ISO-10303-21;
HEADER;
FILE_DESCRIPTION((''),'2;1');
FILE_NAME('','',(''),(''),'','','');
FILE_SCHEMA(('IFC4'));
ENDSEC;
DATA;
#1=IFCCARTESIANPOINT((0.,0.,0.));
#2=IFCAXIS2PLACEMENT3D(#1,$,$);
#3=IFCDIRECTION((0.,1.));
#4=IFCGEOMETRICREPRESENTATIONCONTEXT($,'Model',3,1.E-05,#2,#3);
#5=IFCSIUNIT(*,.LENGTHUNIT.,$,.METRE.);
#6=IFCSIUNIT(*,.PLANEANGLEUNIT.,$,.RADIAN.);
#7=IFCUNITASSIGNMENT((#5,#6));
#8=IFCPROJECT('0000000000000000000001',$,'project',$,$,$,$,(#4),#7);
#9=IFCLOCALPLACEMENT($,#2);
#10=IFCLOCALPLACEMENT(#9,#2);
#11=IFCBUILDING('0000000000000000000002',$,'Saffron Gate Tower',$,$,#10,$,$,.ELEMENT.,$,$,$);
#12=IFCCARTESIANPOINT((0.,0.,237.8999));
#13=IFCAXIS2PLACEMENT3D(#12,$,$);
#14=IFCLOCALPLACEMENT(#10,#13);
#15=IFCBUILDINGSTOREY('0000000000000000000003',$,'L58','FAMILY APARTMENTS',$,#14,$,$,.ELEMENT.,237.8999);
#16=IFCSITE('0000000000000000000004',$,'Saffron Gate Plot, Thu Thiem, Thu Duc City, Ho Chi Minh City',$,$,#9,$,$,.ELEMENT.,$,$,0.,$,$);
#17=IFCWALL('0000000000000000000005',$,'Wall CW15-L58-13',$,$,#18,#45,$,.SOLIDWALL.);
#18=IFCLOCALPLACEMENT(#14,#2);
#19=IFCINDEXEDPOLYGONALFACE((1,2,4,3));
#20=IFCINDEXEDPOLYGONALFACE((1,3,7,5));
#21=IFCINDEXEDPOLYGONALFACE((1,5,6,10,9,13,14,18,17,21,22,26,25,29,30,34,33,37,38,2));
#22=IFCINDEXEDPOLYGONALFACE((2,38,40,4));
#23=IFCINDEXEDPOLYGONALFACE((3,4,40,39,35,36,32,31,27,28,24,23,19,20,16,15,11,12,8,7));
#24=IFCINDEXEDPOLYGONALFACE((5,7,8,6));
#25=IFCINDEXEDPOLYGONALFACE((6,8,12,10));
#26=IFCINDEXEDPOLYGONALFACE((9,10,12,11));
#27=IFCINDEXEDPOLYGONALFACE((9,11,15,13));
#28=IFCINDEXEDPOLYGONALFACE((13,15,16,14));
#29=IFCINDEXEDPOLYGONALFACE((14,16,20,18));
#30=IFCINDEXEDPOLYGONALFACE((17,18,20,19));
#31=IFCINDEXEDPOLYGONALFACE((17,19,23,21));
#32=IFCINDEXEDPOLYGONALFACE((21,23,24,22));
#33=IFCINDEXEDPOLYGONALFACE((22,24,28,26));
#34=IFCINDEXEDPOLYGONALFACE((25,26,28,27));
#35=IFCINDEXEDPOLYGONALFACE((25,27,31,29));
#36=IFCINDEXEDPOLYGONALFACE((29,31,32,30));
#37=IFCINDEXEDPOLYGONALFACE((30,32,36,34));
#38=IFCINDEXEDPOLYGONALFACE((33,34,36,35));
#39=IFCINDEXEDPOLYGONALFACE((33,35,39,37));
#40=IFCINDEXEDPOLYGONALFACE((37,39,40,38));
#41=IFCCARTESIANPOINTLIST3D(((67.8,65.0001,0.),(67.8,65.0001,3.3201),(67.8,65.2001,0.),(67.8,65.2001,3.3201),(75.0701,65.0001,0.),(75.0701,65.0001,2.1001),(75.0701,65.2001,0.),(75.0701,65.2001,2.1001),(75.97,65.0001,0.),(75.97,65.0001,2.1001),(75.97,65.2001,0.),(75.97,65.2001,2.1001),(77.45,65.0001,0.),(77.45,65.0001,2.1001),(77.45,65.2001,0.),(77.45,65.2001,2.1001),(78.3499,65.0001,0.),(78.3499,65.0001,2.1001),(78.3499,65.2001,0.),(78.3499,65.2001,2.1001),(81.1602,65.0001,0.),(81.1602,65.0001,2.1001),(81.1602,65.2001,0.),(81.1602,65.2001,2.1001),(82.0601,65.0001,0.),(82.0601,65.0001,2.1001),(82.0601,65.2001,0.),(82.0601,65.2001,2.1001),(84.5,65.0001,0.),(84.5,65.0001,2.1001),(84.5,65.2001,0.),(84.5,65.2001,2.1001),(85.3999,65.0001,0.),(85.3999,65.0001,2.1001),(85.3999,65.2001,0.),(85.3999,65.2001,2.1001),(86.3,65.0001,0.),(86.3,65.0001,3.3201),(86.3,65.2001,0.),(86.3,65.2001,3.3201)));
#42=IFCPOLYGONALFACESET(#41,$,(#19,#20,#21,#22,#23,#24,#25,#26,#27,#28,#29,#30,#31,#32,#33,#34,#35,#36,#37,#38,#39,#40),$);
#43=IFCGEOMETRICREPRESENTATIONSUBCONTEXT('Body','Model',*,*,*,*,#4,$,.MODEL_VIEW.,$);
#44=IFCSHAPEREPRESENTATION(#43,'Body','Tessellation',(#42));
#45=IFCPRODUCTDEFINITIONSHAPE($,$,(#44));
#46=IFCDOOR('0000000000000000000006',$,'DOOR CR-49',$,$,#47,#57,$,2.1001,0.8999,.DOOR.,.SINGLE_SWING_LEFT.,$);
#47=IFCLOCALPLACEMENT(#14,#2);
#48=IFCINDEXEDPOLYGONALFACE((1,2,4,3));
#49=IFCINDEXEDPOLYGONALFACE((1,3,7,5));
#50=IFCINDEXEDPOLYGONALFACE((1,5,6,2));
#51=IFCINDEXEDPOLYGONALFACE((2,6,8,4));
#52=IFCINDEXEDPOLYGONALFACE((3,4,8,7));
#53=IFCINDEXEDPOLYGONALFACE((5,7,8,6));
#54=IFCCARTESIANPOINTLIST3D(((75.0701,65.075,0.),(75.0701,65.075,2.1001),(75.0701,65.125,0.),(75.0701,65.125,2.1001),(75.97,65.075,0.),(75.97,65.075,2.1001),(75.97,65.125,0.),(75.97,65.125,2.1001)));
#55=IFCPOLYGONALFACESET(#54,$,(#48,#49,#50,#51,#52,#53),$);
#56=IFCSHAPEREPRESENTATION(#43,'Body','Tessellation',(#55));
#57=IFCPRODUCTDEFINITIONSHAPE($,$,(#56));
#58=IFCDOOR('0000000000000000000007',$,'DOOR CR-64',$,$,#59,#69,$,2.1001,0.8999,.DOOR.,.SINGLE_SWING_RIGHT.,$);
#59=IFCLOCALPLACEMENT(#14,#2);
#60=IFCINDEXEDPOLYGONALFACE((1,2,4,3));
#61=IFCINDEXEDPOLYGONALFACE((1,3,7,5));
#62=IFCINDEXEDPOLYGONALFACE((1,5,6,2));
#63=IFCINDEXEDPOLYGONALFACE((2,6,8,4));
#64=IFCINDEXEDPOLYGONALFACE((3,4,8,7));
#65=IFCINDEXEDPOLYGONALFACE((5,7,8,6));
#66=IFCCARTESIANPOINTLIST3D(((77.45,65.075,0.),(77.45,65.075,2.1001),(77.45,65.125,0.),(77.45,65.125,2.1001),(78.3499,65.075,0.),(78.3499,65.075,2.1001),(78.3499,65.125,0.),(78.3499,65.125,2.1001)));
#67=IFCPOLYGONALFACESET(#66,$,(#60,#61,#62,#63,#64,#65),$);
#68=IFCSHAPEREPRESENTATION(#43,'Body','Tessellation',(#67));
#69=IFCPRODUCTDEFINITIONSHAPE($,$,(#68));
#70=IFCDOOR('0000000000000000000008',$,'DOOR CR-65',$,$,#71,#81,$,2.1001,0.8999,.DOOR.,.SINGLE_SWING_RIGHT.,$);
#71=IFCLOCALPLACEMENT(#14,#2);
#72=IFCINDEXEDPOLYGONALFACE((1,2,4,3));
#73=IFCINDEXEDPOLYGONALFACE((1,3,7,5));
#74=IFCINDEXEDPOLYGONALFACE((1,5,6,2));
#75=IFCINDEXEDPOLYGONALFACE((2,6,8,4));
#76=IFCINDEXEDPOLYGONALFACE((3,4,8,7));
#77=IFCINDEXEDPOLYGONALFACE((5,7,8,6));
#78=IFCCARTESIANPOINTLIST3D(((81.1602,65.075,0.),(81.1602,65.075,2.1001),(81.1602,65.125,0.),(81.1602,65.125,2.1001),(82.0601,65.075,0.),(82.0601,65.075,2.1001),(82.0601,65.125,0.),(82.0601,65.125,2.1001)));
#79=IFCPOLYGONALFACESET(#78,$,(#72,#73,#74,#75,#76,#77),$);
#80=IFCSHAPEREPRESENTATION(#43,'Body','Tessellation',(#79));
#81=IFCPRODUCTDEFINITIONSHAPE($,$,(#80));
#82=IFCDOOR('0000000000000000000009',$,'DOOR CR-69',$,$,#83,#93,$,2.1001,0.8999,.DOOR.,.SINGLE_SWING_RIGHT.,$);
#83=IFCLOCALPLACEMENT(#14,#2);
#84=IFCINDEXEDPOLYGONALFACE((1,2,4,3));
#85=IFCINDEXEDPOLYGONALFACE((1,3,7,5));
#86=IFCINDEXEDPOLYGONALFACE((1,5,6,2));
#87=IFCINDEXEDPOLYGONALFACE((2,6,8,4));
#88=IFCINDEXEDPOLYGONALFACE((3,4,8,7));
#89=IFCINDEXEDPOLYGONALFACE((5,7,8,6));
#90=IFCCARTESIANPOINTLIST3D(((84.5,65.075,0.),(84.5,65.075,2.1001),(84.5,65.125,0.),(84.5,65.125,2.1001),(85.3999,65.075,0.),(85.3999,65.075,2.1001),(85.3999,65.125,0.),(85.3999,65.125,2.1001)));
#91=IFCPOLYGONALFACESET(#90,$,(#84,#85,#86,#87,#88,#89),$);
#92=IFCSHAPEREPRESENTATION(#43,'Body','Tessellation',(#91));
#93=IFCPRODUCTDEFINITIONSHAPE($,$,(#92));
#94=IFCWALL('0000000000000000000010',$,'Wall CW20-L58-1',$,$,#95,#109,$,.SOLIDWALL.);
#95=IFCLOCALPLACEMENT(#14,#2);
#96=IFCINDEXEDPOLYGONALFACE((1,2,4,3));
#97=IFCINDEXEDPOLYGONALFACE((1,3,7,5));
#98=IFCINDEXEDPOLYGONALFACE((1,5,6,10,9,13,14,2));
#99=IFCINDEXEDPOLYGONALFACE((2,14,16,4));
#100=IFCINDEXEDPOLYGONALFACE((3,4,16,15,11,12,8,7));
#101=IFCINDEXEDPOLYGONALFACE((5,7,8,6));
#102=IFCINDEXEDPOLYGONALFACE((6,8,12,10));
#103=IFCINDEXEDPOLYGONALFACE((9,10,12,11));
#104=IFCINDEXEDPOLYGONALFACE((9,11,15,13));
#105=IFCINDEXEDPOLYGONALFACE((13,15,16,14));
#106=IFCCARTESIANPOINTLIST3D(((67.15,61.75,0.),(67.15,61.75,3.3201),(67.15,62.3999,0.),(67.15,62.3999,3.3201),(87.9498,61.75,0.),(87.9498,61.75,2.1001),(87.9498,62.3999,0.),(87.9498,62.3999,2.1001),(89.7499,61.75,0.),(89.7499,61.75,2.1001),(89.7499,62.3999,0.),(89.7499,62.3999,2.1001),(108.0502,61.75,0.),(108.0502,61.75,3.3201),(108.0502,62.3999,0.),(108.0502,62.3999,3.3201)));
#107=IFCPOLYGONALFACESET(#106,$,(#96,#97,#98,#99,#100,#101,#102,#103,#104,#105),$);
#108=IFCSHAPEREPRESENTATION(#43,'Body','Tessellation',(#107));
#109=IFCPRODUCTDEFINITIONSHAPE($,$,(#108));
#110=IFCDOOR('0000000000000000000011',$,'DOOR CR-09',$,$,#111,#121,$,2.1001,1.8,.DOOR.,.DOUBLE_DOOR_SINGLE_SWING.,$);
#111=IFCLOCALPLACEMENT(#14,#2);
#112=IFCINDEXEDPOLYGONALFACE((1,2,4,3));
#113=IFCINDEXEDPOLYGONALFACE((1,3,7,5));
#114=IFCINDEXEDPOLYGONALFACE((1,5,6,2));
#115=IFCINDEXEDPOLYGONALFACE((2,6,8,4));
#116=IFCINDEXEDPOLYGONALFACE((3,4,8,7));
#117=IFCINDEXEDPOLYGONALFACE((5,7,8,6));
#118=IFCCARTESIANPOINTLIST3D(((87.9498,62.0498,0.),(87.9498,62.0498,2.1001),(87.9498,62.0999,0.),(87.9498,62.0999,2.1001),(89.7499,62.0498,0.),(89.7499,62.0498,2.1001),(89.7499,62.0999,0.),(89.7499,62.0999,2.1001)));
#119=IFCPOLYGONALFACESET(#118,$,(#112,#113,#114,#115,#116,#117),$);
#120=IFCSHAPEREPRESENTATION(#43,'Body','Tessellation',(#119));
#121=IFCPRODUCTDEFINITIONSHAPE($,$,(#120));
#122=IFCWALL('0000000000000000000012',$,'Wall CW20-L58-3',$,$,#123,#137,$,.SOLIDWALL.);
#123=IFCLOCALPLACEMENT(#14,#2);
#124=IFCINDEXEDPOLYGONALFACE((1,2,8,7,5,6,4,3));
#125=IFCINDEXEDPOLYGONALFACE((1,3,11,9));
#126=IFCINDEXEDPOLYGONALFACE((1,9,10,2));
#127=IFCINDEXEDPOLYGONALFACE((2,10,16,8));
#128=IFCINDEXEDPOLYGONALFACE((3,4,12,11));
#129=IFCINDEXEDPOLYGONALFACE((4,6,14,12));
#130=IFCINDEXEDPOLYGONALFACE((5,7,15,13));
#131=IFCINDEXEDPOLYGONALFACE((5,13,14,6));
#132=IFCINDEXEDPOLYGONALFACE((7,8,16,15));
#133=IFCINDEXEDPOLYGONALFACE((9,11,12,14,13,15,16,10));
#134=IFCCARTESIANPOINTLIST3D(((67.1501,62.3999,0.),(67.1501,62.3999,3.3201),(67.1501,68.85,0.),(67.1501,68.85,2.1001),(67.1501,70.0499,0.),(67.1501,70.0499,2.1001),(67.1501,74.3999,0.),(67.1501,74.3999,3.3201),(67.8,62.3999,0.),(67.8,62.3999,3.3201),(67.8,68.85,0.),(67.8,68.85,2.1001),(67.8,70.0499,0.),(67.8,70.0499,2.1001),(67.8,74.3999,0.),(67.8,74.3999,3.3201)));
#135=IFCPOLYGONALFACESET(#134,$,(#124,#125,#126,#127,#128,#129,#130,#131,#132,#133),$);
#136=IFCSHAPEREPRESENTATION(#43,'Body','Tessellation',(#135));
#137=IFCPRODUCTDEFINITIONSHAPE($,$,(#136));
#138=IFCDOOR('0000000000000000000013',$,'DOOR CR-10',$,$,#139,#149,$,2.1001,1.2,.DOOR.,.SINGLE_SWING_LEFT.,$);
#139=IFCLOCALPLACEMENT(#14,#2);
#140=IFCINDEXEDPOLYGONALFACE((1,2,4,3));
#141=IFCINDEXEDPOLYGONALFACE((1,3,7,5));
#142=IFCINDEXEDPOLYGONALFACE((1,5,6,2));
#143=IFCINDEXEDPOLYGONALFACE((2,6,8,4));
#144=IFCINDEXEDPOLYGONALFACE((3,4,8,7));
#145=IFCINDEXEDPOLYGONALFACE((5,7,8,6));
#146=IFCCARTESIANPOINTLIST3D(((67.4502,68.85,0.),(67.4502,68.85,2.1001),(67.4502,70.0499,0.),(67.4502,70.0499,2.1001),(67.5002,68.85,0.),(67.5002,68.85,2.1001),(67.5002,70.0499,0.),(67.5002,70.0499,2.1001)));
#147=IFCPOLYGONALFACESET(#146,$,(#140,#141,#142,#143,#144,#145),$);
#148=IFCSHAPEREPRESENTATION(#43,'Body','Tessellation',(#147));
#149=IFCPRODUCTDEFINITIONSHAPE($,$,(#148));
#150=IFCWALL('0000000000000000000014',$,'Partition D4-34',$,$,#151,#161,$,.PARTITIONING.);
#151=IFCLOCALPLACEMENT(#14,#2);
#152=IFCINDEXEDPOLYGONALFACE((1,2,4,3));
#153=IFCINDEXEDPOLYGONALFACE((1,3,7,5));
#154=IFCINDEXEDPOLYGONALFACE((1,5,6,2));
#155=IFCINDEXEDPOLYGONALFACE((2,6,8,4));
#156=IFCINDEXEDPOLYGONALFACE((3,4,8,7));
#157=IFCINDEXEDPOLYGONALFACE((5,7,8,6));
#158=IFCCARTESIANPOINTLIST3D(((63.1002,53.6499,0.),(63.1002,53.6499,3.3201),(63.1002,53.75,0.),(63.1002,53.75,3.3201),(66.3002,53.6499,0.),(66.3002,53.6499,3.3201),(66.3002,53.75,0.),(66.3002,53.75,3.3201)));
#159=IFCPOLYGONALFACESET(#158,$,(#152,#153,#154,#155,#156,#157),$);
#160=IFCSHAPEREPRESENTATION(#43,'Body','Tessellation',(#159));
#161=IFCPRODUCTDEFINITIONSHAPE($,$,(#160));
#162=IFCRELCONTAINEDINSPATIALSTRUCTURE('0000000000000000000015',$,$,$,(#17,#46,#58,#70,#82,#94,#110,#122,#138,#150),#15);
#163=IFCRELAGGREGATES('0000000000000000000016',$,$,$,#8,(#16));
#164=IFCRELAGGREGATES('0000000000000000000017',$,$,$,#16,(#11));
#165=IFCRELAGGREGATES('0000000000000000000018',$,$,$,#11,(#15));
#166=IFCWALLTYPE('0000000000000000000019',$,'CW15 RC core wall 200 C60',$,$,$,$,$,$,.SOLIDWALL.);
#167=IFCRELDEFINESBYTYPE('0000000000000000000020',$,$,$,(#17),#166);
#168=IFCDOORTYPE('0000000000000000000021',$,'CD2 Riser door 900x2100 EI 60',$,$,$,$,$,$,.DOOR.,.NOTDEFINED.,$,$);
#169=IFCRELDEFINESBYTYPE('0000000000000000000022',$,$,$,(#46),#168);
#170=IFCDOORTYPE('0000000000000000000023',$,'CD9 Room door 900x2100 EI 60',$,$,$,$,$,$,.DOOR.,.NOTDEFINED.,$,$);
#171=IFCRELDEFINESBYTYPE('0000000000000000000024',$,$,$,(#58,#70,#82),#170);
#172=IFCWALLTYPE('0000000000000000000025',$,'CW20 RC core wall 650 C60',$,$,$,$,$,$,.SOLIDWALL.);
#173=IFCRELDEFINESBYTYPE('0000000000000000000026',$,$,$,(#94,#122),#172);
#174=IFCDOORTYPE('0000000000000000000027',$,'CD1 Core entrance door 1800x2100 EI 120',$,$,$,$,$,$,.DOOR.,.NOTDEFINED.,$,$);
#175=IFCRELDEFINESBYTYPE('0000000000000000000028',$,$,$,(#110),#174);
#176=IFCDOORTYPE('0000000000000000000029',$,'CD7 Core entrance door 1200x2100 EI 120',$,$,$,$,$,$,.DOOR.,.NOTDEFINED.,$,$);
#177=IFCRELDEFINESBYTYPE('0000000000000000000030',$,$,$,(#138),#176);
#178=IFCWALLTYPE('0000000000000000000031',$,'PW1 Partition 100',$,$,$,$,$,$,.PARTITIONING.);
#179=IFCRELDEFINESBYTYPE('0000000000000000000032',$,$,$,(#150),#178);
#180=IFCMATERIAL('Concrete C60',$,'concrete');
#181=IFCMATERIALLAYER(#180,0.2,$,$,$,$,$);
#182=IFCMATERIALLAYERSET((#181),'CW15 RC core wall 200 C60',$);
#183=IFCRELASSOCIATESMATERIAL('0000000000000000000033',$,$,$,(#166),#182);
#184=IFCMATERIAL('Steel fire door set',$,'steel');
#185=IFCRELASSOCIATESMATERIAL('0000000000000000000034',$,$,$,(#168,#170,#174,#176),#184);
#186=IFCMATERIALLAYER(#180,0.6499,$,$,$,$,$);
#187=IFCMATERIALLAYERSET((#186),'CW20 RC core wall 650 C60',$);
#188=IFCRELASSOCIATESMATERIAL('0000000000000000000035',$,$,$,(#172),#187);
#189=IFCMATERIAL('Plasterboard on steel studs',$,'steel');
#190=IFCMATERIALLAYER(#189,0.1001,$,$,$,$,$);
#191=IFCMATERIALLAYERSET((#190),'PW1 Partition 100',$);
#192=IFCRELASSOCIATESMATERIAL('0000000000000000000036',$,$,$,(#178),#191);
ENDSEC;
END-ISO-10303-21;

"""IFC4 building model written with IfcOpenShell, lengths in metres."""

from ifc_helpers import new_model, si_unit, direction, frame, frame_2d, origin, place, context, subcontext, project, spatial, rectangle, extrude, material, layer, layer_set, type_object, element, fill, save


model = new_model("IFC4")

# Units and contexts
model_context = context("Model", 3, precision=1e-05, world=origin(), true_north=direction((0.0, 1.0)))
body_context = subcontext(model_context, "Body", "Model", "MODEL_VIEW")
ifc_project = project(units=[si_unit("LENGTHUNIT", "METRE"), si_unit("PLANEANGLEUNIT", "RADIAN")], contexts=[model_context])

# Site, building, storey
site_placement = place(None, origin())
site = spatial("IfcSite", under=ifc_project, at=site_placement, Name="Saffron Gate Plot, Thu Thiem, Thu Duc City, Ho Chi Minh City", CompositionType="ELEMENT", RefElevation=0.0)
building_placement = place(site_placement, origin())
building = spatial("IfcBuilding", under=site, at=building_placement, Name="Saffron Gate Tower", CompositionType="ELEMENT")
storey_placement = place(building_placement, frame((0.0, 0.0, 237.8999)))
storey = spatial("IfcBuildingStorey", under=building, at=storey_placement, Name="L58", Description="FAMILY APARTMENTS", CompositionType="ELEMENT", Elevation=237.8999)

# Wall, openings, doors
ifc_material_1 = material(Name="Concrete C60", Category="concrete")
ifc_layer_1 = layer(ifc_material_1, 0.2)
ifc_layer_set_1 = layer_set([ifc_layer_1], Name="CW15 RC core wall 200 C60")
wall_type_1 = type_object("IfcWallType", Name="CW15 RC core wall 200 C60", PredefinedType="SOLIDWALL", material=ifc_layer_set_1)
wall_1_placement = place(storey_placement, frame((67.8, 65.1001, 0.0), z_axis=(0.0, 0.0, 1.0), x_axis=(1.0, 0.0, 0.0)))
wall_1 = element("IfcWall", 1, at=wall_1_placement, inside=storey, type_object=wall_type_1, Name="Wall CW15-L58-13", PredefinedType="SOLIDWALL", context=body_context, shape_type="SweptSolid", body=[
    extrude(rectangle(XDim=18.5, YDim=0.2, at=frame_2d((9.25, 0.0))), origin(), (0.0, 0.0, 1.0), 3.3201),
])
opening_1_placement = place(wall_1_placement, frame((7.27, 0.0, 0.0)))
opening_1 = element("IfcOpeningElement", 2, at=opening_1_placement, cuts=wall_1, PredefinedType="OPENING", context=body_context, shape_type="SweptSolid", body=[
    extrude(rectangle(XDim=0.8999, YDim=2.1001, at=frame_2d((0.45, 1.05))), frame((0.0, 0.1099, 0.0), z_axis=(0.0, -1.0, 0.0), x_axis=(1.0, 0.0, 0.0)), (0.0, 0.0, 1.0), 0.22),
])
opening_2_placement = place(wall_1_placement, frame((9.6499, 0.0, 0.0)))
opening_2 = element("IfcOpeningElement", 3, at=opening_2_placement, cuts=wall_1, PredefinedType="OPENING", context=body_context, shape_type="SweptSolid", body=[
    extrude(rectangle(XDim=0.8999, YDim=2.1001, at=frame_2d((0.45, 1.05))), frame((0.0, 0.1099, 0.0), z_axis=(0.0, -1.0, 0.0), x_axis=(1.0, 0.0, 0.0)), (0.0, 0.0, 1.0), 0.22),
])
opening_3_placement = place(wall_1_placement, frame((13.3601, 0.0, 0.0)))
opening_3 = element("IfcOpeningElement", 4, at=opening_3_placement, cuts=wall_1, PredefinedType="OPENING", context=body_context, shape_type="SweptSolid", body=[
    extrude(rectangle(XDim=0.8999, YDim=2.1001, at=frame_2d((0.45, 1.05))), frame((0.0, 0.1099, 0.0), z_axis=(0.0, -1.0, 0.0), x_axis=(1.0, 0.0, 0.0)), (0.0, 0.0, 1.0), 0.22),
])
opening_4_placement = place(wall_1_placement, frame((16.7, 0.0, 0.0)))
opening_4 = element("IfcOpeningElement", 5, at=opening_4_placement, cuts=wall_1, PredefinedType="OPENING", context=body_context, shape_type="SweptSolid", body=[
    extrude(rectangle(XDim=0.8999, YDim=2.1001, at=frame_2d((0.45, 1.05))), frame((0.0, 0.1099, 0.0), z_axis=(0.0, -1.0, 0.0), x_axis=(1.0, 0.0, 0.0)), (0.0, 0.0, 1.0), 0.22),
])
ifc_material_2 = material(Name="Steel fire door set", Category="steel")
door_type_1 = type_object("IfcDoorType", Name="CD2 Riser door 900x2100 EI 60", OperationType="NOTDEFINED", PredefinedType="DOOR", material=ifc_material_2)
door_1_placement = place(opening_1_placement, origin())
door_1 = element("IfcDoor", 6, at=door_1_placement, inside=storey, type_object=door_type_1, Name="DOOR CR-49", OperationType="SINGLE_SWING_LEFT", OverallHeight=2.1001, OverallWidth=0.8999, PredefinedType="DOOR", context=body_context, shape_type="SweptSolid", body=[
    extrude(rectangle(XDim=0.8999, YDim=2.1001, at=frame_2d((0.45, 1.05))), frame((0.0, 0.0249, 0.0), z_axis=(0.0, -1.0, 0.0), x_axis=(1.0, 0.0, 0.0)), (0.0, 0.0, 1.0), 0.05),
])
fill(opening_1, door_1)
door_type_2 = type_object("IfcDoorType", Name="CD9 Room door 900x2100 EI 60", OperationType="NOTDEFINED", PredefinedType="DOOR", material=ifc_material_2)
door_2_placement = place(opening_2_placement, origin())
door_2 = element("IfcDoor", 7, at=door_2_placement, inside=storey, type_object=door_type_2, Name="DOOR CR-64", OperationType="SINGLE_SWING_RIGHT", OverallHeight=2.1001, OverallWidth=0.8999, PredefinedType="DOOR", context=body_context, shape_type="SweptSolid", body=[
    extrude(rectangle(XDim=0.8999, YDim=2.1001, at=frame_2d((0.45, 1.05))), frame((0.0, 0.0249, 0.0), z_axis=(0.0, -1.0, 0.0), x_axis=(1.0, 0.0, 0.0)), (0.0, 0.0, 1.0), 0.05),
])
fill(opening_2, door_2)
door_3_placement = place(opening_3_placement, origin())
door_3 = element("IfcDoor", 8, at=door_3_placement, inside=storey, type_object=door_type_2, Name="DOOR CR-65", OperationType="SINGLE_SWING_RIGHT", OverallHeight=2.1001, OverallWidth=0.8999, PredefinedType="DOOR", context=body_context, shape_type="SweptSolid", body=[
    extrude(rectangle(XDim=0.8999, YDim=2.1001, at=frame_2d((0.45, 1.05))), frame((0.0, 0.0249, 0.0), z_axis=(0.0, -1.0, 0.0), x_axis=(1.0, 0.0, 0.0)), (0.0, 0.0, 1.0), 0.05),
])
fill(opening_3, door_3)
door_4_placement = place(opening_4_placement, origin())
door_4 = element("IfcDoor", 9, at=door_4_placement, inside=storey, type_object=door_type_2, Name="DOOR CR-69", OperationType="SINGLE_SWING_RIGHT", OverallHeight=2.1001, OverallWidth=0.8999, PredefinedType="DOOR", context=body_context, shape_type="SweptSolid", body=[
    extrude(rectangle(XDim=0.8999, YDim=2.1001, at=frame_2d((0.45, 1.05))), frame((0.0, 0.0249, 0.0), z_axis=(0.0, -1.0, 0.0), x_axis=(1.0, 0.0, 0.0)), (0.0, 0.0, 1.0), 0.05),
])
fill(opening_4, door_4)

# Walls, openings, doors
ifc_layer_2 = layer(ifc_material_1, 0.6499)
ifc_layer_set_2 = layer_set([ifc_layer_2], Name="CW20 RC core wall 650 C60")
wall_type_2 = type_object("IfcWallType", Name="CW20 RC core wall 650 C60", PredefinedType="SOLIDWALL", material=ifc_layer_set_2)
wall_2_placement = place(storey_placement, frame((67.1499, 62.075, 0.0), z_axis=(0.0, 0.0, 1.0), x_axis=(1.0, 0.0, 0.0)))
wall_2 = element("IfcWall", 10, at=wall_2_placement, inside=storey, type_object=wall_type_2, Name="Wall CW20-L58-1", PredefinedType="SOLIDWALL", context=body_context, shape_type="SweptSolid", body=[
    extrude(rectangle(XDim=40.9001, YDim=0.6499, at=frame_2d((20.4502, 0.0))), origin(), (0.0, 0.0, 1.0), 3.3201),
])
opening_5_placement = place(wall_2_placement, frame((20.8, 0.0, 0.0)))
opening_5 = element("IfcOpeningElement", 11, at=opening_5_placement, cuts=wall_2, PredefinedType="OPENING", context=body_context, shape_type="SweptSolid", body=[
    extrude(rectangle(XDim=1.8, YDim=2.1001, at=frame_2d((0.8999, 1.05))), frame((0.0, 0.335, 0.0), z_axis=(0.0, -1.0, 0.0), x_axis=(1.0, 0.0, 0.0)), (0.0, 0.0, 1.0), 0.6699),
])
door_type_3 = type_object("IfcDoorType", Name="CD1 Core entrance door 1800x2100 EI 120", OperationType="NOTDEFINED", PredefinedType="DOOR", material=ifc_material_2)
door_5_placement = place(opening_5_placement, origin())
door_5 = element("IfcDoor", 12, at=door_5_placement, inside=storey, type_object=door_type_3, Name="DOOR CR-09", OperationType="DOUBLE_DOOR_SINGLE_SWING", OverallHeight=2.1001, OverallWidth=1.8, PredefinedType="DOOR", context=body_context, shape_type="SweptSolid", body=[
    extrude(rectangle(XDim=1.8, YDim=2.1001, at=frame_2d((0.8999, 1.05))), frame((0.0, 0.0249, 0.0), z_axis=(0.0, -1.0, 0.0), x_axis=(1.0, 0.0, 0.0)), (0.0, 0.0, 1.0), 0.05),
])
fill(opening_5, door_5)
wall_3_placement = place(storey_placement, frame((67.4751, 62.3999, 0.0), z_axis=(0.0, 0.0, 1.0), x_axis=(0.0, 1.0, 0.0)))
wall_3 = element("IfcWall", 13, at=wall_3_placement, inside=storey, type_object=wall_type_2, Name="Wall CW20-L58-3", PredefinedType="SOLIDWALL", context=body_context, shape_type="SweptSolid", body=[
    extrude(rectangle(XDim=12.0, YDim=0.6499, at=frame_2d((6.0, 0.0))), origin(), (0.0, 0.0, 1.0), 3.3201),
])
opening_6_placement = place(wall_3_placement, frame((6.45, 0.0, 0.0)))
opening_6 = element("IfcOpeningElement", 14, at=opening_6_placement, cuts=wall_3, PredefinedType="OPENING", context=body_context, shape_type="SweptSolid", body=[
    extrude(rectangle(XDim=1.2, YDim=2.1001, at=frame_2d((0.6001, 1.05))), frame((0.0, 0.335, 0.0), z_axis=(0.0, -1.0, 0.0), x_axis=(1.0, 0.0, 0.0)), (0.0, 0.0, 1.0), 0.6699),
])
door_type_4 = type_object("IfcDoorType", Name="CD7 Core entrance door 1200x2100 EI 120", OperationType="NOTDEFINED", PredefinedType="DOOR", material=ifc_material_2)
door_6_placement = place(opening_6_placement, origin())
door_6 = element("IfcDoor", 15, at=door_6_placement, inside=storey, type_object=door_type_4, Name="DOOR CR-10", OperationType="SINGLE_SWING_LEFT", OverallHeight=2.1001, OverallWidth=1.2, PredefinedType="DOOR", context=body_context, shape_type="SweptSolid", body=[
    extrude(rectangle(XDim=1.2, YDim=2.1001, at=frame_2d((0.6001, 1.05))), frame((0.0, 0.0249, 0.0), z_axis=(0.0, -1.0, 0.0), x_axis=(1.0, 0.0, 0.0)), (0.0, 0.0, 1.0), 0.05),
])
fill(opening_6, door_6)

# Wall
ifc_material_3 = material(Name="Plasterboard on steel studs", Category="steel")
ifc_layer_3 = layer(ifc_material_3, 0.1001)
ifc_layer_set_3 = layer_set([ifc_layer_3], Name="PW1 Partition 100")
wall_type_3 = type_object("IfcWallType", Name="PW1 Partition 100", PredefinedType="PARTITIONING", material=ifc_layer_set_3)
wall_4_placement = place(storey_placement, frame((63.1001, 53.7, 0.0), z_axis=(0.0, 0.0, 1.0), x_axis=(1.0, 0.0, 0.0)))
element("IfcWall", 16, at=wall_4_placement, inside=storey, type_object=wall_type_3, Name="Partition D4-34", PredefinedType="PARTITIONING", context=body_context, shape_type="SweptSolid", body=[
    extrude(rectangle(XDim=3.2, YDim=0.1001, at=frame_2d((1.6001, 0.0))), origin(), (0.0, 0.0, 1.0), 3.3201),
])

save(model, "model.ifc")
